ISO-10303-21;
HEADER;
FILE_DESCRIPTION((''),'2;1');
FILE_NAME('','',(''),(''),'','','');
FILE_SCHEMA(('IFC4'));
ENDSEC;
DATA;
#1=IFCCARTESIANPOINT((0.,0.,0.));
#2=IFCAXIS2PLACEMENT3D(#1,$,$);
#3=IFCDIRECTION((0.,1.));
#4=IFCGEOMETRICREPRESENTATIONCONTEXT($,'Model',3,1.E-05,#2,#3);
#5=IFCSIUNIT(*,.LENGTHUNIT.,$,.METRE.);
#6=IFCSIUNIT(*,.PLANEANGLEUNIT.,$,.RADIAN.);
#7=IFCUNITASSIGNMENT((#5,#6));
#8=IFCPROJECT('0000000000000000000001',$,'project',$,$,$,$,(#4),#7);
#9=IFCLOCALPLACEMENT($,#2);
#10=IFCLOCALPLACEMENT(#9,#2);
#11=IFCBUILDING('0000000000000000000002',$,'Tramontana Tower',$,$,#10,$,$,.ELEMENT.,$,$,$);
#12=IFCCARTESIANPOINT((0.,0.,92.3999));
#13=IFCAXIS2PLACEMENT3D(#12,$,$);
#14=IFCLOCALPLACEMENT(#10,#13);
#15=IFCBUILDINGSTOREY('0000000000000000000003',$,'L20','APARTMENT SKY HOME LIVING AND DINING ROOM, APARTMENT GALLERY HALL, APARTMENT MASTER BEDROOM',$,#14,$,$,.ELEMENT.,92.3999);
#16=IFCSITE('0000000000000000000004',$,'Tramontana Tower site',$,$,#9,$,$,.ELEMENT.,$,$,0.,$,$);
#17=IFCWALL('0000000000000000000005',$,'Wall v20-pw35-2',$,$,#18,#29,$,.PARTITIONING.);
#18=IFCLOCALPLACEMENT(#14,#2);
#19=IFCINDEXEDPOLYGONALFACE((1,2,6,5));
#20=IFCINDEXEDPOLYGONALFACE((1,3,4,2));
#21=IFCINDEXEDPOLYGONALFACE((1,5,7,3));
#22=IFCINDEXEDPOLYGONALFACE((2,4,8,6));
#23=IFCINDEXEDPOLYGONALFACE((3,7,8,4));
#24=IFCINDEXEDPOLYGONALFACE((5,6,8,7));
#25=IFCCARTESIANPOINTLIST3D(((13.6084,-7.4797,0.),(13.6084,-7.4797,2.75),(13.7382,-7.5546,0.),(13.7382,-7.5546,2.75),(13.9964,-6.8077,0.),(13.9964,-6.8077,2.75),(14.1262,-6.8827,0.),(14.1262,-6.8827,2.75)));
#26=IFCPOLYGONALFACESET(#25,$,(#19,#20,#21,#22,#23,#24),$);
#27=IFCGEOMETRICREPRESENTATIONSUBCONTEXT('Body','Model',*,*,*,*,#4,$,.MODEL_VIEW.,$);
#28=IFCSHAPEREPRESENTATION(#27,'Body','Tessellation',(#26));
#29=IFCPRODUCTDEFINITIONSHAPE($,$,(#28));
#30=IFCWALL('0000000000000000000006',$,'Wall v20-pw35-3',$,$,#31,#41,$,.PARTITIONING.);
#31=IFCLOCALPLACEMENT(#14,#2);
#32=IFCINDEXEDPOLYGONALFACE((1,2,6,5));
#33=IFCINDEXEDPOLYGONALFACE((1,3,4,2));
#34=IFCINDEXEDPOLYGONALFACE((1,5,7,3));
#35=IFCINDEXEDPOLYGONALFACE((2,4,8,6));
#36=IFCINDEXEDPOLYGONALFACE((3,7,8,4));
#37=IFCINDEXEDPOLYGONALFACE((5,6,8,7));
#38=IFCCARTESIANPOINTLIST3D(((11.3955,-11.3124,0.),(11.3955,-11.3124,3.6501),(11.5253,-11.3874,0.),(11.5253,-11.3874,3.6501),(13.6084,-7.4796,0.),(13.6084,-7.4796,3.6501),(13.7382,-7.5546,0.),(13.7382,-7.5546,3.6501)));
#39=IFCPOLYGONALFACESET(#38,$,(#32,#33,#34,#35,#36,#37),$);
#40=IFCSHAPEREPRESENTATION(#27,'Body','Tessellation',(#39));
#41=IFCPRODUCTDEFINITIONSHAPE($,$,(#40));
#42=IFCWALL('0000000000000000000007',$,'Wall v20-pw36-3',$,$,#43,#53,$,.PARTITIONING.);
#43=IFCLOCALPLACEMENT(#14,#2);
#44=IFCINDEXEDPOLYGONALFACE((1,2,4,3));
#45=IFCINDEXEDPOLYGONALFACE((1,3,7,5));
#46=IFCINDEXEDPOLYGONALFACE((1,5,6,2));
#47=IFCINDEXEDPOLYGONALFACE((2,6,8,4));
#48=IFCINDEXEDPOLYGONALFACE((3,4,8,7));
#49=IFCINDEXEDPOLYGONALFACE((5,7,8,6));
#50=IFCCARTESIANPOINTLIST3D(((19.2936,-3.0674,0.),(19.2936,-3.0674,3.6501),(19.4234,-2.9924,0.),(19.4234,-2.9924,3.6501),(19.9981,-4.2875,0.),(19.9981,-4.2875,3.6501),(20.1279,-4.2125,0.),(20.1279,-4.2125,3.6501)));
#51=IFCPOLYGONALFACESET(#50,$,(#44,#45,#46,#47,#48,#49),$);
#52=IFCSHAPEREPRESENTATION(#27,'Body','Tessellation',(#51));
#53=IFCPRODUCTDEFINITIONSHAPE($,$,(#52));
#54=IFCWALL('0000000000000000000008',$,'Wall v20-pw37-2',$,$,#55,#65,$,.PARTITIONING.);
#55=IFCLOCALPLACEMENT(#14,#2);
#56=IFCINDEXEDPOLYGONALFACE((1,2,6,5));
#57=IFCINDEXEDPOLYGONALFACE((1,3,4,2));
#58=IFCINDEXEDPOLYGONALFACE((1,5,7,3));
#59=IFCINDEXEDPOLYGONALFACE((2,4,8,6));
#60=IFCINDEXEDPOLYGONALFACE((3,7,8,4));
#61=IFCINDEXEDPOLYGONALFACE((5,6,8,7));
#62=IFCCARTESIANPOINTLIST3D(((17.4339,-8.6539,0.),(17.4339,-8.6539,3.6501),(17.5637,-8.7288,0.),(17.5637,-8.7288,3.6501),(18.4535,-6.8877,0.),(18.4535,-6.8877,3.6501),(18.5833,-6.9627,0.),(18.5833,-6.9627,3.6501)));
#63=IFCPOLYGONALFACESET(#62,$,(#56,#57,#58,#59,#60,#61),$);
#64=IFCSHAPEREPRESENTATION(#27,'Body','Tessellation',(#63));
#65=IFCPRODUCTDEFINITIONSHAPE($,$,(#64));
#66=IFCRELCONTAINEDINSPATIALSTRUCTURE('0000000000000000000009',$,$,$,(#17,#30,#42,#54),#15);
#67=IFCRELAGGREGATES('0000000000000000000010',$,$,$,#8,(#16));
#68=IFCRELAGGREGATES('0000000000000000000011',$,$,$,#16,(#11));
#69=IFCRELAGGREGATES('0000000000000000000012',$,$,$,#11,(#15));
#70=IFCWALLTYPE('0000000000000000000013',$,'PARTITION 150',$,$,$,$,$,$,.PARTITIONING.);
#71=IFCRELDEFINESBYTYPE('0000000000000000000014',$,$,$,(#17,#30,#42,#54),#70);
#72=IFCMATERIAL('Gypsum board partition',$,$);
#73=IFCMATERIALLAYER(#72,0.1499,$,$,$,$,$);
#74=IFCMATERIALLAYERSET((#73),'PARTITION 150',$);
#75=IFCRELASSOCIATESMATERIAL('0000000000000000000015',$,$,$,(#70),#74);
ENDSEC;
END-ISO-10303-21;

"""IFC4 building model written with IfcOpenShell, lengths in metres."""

from ifc_helpers import new_model, si_unit, direction, frame, frame_2d, origin, place, context, subcontext, project, spatial, rectangle, extrude, material, layer, layer_set, type_object, element, save


model = new_model("IFC4")

# Units and contexts
model_context = context("Model", 3, precision=1e-05, world=origin(), true_north=direction((0.0, 1.0)))
body_context = subcontext(model_context, "Body", "Model", "MODEL_VIEW")
ifc_project = project(units=[si_unit("LENGTHUNIT", "METRE"), si_unit("PLANEANGLEUNIT", "RADIAN")], contexts=[model_context])

# Site, building, storey
site_placement = place(None, origin())
site = spatial("IfcSite", under=ifc_project, at=site_placement, Name="Tramontana Tower site", CompositionType="ELEMENT", RefElevation=0.0)
building_placement = place(site_placement, origin())
building = spatial("IfcBuilding", under=site, at=building_placement, Name="Tramontana Tower", CompositionType="ELEMENT")
storey_placement = place(building_placement, frame((0.0, 0.0, 92.3999)))
storey = spatial("IfcBuildingStorey", under=building, at=storey_placement, Name="L20", Description="APARTMENT SKY HOME LIVING AND DINING ROOM, APARTMENT GALLERY HALL, APARTMENT MASTER BEDROOM", CompositionType="ELEMENT", Elevation=92.3999)

# Shared definitions
ifc_material_1 = material(Name="Gypsum board partition")
ifc_layer_1 = layer(ifc_material_1, 0.1499)
ifc_layer_set_1 = layer_set([ifc_layer_1], Name="PARTITION 150")
wall_type_1 = type_object("IfcWallType", Name="PARTITION 150", PredefinedType="PARTITIONING", material=ifc_layer_set_1)

# Walls
wall_1_placement = place(storey_placement, frame((14.0613, -6.8452, 0.0), z_axis=(0.0, 0.0, 1.0), x_axis=(-0.500031, -0.866007, 0.0)))
element("IfcWall", 1, at=wall_1_placement, inside=storey, type_object=wall_type_1, Name="Wall v20-pw35-2", PredefinedType="PARTITIONING", context=body_context, shape_type="SweptSolid", body=[
    extrude(rectangle(XDim=0.7759, YDim=0.1499, at=frame_2d((0.3879, 0.0))), origin(), (0.0, 0.0, 1.0), 2.75),
])
wall_2_placement = place(storey_placement, frame((13.6733, -7.5171, 0.0), z_axis=(0.0, 0.0, 1.0), x_axis=(-0.500007, -0.866021, 0.0)))
element("IfcWall", 2, at=wall_2_placement, inside=storey, type_object=wall_type_1, Name="Wall v20-pw35-3", PredefinedType="PARTITIONING", context=body_context, shape_type="SweptSolid", body=[
    extrude(rectangle(XDim=4.4258, YDim=0.1499, at=frame_2d((2.2129, 0.0))), origin(), (0.0, 0.0, 1.0), 3.6501),
])
wall_3_placement = place(storey_placement, frame((19.3584, -3.0298, 0.0), z_axis=(0.0, 0.0, 1.0), x_axis=(0.500052, -0.865995, 0.0)))
element("IfcWall", 3, at=wall_3_placement, inside=storey, type_object=wall_type_1, Name="Wall v20-pw36-3", PredefinedType="PARTITIONING", context=body_context, shape_type="SweptSolid", body=[
    extrude(rectangle(XDim=1.4089, YDim=0.1499, at=frame_2d((0.7046, 0.0))), origin(), (0.0, 0.0, 1.0), 3.6501),
])

# Wall
wall_4_placement = place(storey_placement, frame((18.5183, -6.9253, 0.0), z_axis=(0.0, 0.0, 1.0), x_axis=(-0.49995, -0.866054, 0.0)))
element("IfcWall", 4, at=wall_4_placement, inside=storey, type_object=wall_type_1, Name="Wall v20-pw37-2", PredefinedType="PARTITIONING", context=body_context, shape_type="SweptSolid", body=[
    extrude(rectangle(XDim=2.0393, YDim=0.1499, at=frame_2d((1.0195, 0.0))), origin(), (0.0, 0.0, 1.0), 3.6501),
])

save(model, "model.ifc")
